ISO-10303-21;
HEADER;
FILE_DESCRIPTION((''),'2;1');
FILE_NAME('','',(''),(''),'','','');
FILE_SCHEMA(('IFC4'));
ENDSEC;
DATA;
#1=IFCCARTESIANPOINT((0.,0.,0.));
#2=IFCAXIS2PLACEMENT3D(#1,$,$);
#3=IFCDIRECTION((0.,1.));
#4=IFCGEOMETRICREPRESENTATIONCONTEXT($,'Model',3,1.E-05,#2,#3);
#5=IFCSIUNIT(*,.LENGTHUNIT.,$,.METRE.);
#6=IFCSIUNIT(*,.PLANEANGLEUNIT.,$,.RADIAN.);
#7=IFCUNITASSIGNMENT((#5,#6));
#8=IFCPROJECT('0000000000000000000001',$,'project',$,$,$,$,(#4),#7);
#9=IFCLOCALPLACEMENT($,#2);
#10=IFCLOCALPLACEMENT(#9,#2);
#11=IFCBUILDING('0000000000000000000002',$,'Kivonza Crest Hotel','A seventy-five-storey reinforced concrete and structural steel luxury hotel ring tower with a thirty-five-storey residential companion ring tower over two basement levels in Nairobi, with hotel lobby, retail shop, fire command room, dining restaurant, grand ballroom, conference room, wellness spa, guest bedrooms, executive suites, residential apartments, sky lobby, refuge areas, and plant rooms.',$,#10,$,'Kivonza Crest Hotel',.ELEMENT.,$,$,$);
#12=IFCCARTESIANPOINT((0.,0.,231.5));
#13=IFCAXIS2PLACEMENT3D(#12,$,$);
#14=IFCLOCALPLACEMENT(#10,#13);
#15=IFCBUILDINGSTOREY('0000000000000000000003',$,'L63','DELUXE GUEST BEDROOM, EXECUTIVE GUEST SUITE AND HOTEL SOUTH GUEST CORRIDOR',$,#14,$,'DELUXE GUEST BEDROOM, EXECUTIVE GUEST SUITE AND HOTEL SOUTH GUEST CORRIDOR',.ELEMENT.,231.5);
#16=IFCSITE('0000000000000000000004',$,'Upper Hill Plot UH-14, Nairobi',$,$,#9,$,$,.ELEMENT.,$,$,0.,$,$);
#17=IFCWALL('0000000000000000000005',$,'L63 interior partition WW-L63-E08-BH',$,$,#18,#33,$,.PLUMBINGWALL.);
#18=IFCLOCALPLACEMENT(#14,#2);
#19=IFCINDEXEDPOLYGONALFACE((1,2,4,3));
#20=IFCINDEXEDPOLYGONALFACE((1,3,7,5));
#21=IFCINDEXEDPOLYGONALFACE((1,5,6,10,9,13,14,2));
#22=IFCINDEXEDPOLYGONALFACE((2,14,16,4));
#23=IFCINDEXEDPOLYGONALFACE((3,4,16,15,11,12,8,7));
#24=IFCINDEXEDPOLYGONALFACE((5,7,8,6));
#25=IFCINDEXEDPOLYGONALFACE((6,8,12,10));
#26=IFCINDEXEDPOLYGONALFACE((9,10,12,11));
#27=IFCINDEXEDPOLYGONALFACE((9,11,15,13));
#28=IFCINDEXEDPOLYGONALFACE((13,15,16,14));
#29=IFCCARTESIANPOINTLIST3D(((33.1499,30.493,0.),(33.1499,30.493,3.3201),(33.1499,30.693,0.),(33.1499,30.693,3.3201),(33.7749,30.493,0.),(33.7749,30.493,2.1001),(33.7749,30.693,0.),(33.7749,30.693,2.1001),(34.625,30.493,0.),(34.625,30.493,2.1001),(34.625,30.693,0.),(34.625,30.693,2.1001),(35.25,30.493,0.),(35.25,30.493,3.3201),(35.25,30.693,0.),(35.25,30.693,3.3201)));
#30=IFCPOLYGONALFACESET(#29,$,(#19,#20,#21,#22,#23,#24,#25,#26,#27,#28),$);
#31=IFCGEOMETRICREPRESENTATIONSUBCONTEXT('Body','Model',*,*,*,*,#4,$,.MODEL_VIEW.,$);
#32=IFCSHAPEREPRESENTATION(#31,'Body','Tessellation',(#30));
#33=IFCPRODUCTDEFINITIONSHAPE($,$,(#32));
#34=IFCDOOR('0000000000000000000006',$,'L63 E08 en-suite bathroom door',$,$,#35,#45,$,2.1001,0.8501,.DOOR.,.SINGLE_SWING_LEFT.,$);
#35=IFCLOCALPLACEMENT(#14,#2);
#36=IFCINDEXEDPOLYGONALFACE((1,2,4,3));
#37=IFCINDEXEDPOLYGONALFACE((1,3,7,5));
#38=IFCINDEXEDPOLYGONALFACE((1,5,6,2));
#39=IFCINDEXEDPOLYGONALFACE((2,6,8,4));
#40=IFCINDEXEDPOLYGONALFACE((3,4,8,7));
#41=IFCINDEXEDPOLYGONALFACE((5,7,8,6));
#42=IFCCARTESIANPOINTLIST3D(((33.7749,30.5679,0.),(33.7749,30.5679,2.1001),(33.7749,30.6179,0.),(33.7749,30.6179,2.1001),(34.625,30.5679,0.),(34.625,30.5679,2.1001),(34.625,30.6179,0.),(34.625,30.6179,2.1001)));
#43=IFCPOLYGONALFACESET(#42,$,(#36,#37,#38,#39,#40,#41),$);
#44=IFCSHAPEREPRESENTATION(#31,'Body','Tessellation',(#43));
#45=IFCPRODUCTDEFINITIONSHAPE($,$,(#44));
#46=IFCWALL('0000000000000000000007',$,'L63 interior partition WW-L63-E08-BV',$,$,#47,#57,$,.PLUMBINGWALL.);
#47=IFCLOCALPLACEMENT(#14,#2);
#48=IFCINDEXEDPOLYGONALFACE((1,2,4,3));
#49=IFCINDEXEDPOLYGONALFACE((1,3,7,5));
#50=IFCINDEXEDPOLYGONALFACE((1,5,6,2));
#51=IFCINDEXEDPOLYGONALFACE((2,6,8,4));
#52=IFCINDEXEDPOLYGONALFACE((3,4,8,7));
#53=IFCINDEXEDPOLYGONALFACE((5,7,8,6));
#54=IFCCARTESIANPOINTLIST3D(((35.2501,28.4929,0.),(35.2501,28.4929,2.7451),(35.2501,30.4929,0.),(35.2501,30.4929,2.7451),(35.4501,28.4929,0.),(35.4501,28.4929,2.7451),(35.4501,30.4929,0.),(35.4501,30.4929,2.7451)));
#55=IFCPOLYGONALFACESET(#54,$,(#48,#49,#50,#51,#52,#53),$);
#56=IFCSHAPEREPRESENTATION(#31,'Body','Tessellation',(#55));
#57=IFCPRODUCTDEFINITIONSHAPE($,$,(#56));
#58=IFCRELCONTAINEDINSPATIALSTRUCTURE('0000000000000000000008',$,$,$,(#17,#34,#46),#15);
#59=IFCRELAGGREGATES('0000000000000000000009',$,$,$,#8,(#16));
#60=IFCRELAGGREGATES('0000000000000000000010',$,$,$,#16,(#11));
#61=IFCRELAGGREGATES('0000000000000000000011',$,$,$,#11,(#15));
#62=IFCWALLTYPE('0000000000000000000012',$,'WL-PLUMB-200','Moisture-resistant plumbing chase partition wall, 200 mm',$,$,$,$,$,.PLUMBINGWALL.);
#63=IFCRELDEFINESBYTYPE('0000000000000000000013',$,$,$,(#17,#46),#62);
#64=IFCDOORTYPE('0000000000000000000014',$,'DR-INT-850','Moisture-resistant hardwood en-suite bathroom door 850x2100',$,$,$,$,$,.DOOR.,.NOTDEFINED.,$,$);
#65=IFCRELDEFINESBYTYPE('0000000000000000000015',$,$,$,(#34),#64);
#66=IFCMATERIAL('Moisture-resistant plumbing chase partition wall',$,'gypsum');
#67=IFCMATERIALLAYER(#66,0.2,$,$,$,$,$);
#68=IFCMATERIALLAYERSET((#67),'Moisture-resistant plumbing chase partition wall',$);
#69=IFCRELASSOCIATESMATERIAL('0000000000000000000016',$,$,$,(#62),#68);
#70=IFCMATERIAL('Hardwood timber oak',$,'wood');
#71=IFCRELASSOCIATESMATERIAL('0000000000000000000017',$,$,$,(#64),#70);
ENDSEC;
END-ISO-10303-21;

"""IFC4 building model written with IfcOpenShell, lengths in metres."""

from ifc_helpers import new_model, si_unit, direction, frame, frame_2d, origin, place, context, subcontext, project, spatial, rectangle, extrude, material, layer, layer_set, type_object, element, fill, save


model = new_model("IFC4")

# Units and contexts
model_context = context("Model", 3, precision=1e-05, world=origin(), true_north=direction((0.0, 1.0)))
body_context = subcontext(model_context, "Body", "Model", "MODEL_VIEW")
ifc_project = project(units=[si_unit("LENGTHUNIT", "METRE"), si_unit("PLANEANGLEUNIT", "RADIAN")], contexts=[model_context])

# Site, building, storey
site_placement = place(None, origin())
site = spatial("IfcSite", under=ifc_project, at=site_placement, Name="Upper Hill Plot UH-14, Nairobi", CompositionType="ELEMENT", RefElevation=0.0)
building_placement = place(site_placement, origin())
building = spatial("IfcBuilding", under=site, at=building_placement, Name="Kivonza Crest Hotel", Description="A seventy-five-storey reinforced concrete and structural steel luxury hotel ring tower with a thirty-five-storey residential companion ring tower over two basement levels in Nairobi, with hotel lobby, retail shop, fire command room, dining restaurant, grand ballroom, conference room, wellness spa, guest bedrooms, executive suites, residential apartments, sky lobby, refuge areas, and plant rooms.", LongName="Kivonza Crest Hotel", CompositionType="ELEMENT")
storey_placement = place(building_placement, frame((0.0, 0.0, 231.5)))
storey = spatial("IfcBuildingStorey", under=building, at=storey_placement, Name="L63", Description="DELUXE GUEST BEDROOM, EXECUTIVE GUEST SUITE AND HOTEL SOUTH GUEST CORRIDOR", LongName="DELUXE GUEST BEDROOM, EXECUTIVE GUEST SUITE AND HOTEL SOUTH GUEST CORRIDOR", CompositionType="ELEMENT", Elevation=231.5)

# Shared definitions
ifc_material_1 = material(Name="Hardwood timber oak", Category="wood")

# Shared definitions
ifc_material_2 = material(Name="Moisture-resistant plumbing chase partition wall", Category="gypsum")
ifc_layer_1 = layer(ifc_material_2, 0.2)
ifc_layer_set_1 = layer_set([ifc_layer_1], Name="Moisture-resistant plumbing chase partition wall")
wall_type_1 = type_object("IfcWallType", Name="WL-PLUMB-200", Description="Moisture-resistant plumbing chase partition wall, 200 mm", PredefinedType="PLUMBINGWALL", material=ifc_layer_set_1)
door_type_1 = type_object("IfcDoorType", Name="DR-INT-850", Description="Moisture-resistant hardwood en-suite bathroom door 850x2100", OperationType="NOTDEFINED", PredefinedType="DOOR", material=ifc_material_1)

# Wall, opening, door
wall_1_placement = place(storey_placement, frame((33.1499, 30.593, 0.0), z_axis=(0.0, 0.0, 1.0), x_axis=(1.0, 0.0, 0.0)))
wall_1 = element("IfcWall", 1, at=wall_1_placement, inside=storey, type_object=wall_type_1, Name="L63 interior partition WW-L63-E08-BH", PredefinedType="PLUMBINGWALL", context=body_context, shape_type="SweptSolid", body=[
    extrude(rectangle(XDim=2.1001, YDim=0.2, at=frame_2d((1.05, 0.0))), origin(), (0.0, 0.0, 1.0), 3.3201),
])
opening_1_placement = place(wall_1_placement, frame((0.625, 0.0, 0.0)))
opening_1 = element("IfcOpeningElement", 2, at=opening_1_placement, cuts=wall_1, PredefinedType="OPENING", context=body_context, shape_type="SweptSolid", body=[
    extrude(rectangle(XDim=0.8501, YDim=2.1001, at=frame_2d((0.425, 1.05))), frame((0.0, 0.1099, 0.0), z_axis=(0.0, -1.0, 0.0), x_axis=(1.0, 0.0, 0.0)), (0.0, 0.0, 1.0), 0.22),
])
door_1_placement = place(opening_1_placement, origin())
door_1 = element("IfcDoor", 3, at=door_1_placement, inside=storey, type_object=door_type_1, Name="L63 E08 en-suite bathroom door", OperationType="SINGLE_SWING_LEFT", OverallHeight=2.1001, OverallWidth=0.8501, PredefinedType="DOOR", context=body_context, shape_type="SweptSolid", body=[
    extrude(rectangle(XDim=0.8501, YDim=2.1001, at=frame_2d((0.425, 1.05))), frame((0.0, 0.0249, 0.0), z_axis=(0.0, -1.0, 0.0), x_axis=(1.0, 0.0, 0.0)), (0.0, 0.0, 1.0), 0.05),
])
fill(opening_1, door_1)

# Wall
wall_2_placement = place(storey_placement, frame((35.3501, 28.4929, 0.0), z_axis=(0.0, 0.0, 1.0), x_axis=(0.0, 1.0, 0.0)))
element("IfcWall", 4, at=wall_2_placement, inside=storey, type_object=wall_type_1, Name="L63 interior partition WW-L63-E08-BV", PredefinedType="PLUMBINGWALL", context=body_context, shape_type="SweptSolid", body=[
    extrude(rectangle(XDim=2.0, YDim=0.2, at=frame_2d((1.0, 0.0))), origin(), (0.0, 0.0, 1.0), 2.7451),
])

save(model, "model.ifc")
